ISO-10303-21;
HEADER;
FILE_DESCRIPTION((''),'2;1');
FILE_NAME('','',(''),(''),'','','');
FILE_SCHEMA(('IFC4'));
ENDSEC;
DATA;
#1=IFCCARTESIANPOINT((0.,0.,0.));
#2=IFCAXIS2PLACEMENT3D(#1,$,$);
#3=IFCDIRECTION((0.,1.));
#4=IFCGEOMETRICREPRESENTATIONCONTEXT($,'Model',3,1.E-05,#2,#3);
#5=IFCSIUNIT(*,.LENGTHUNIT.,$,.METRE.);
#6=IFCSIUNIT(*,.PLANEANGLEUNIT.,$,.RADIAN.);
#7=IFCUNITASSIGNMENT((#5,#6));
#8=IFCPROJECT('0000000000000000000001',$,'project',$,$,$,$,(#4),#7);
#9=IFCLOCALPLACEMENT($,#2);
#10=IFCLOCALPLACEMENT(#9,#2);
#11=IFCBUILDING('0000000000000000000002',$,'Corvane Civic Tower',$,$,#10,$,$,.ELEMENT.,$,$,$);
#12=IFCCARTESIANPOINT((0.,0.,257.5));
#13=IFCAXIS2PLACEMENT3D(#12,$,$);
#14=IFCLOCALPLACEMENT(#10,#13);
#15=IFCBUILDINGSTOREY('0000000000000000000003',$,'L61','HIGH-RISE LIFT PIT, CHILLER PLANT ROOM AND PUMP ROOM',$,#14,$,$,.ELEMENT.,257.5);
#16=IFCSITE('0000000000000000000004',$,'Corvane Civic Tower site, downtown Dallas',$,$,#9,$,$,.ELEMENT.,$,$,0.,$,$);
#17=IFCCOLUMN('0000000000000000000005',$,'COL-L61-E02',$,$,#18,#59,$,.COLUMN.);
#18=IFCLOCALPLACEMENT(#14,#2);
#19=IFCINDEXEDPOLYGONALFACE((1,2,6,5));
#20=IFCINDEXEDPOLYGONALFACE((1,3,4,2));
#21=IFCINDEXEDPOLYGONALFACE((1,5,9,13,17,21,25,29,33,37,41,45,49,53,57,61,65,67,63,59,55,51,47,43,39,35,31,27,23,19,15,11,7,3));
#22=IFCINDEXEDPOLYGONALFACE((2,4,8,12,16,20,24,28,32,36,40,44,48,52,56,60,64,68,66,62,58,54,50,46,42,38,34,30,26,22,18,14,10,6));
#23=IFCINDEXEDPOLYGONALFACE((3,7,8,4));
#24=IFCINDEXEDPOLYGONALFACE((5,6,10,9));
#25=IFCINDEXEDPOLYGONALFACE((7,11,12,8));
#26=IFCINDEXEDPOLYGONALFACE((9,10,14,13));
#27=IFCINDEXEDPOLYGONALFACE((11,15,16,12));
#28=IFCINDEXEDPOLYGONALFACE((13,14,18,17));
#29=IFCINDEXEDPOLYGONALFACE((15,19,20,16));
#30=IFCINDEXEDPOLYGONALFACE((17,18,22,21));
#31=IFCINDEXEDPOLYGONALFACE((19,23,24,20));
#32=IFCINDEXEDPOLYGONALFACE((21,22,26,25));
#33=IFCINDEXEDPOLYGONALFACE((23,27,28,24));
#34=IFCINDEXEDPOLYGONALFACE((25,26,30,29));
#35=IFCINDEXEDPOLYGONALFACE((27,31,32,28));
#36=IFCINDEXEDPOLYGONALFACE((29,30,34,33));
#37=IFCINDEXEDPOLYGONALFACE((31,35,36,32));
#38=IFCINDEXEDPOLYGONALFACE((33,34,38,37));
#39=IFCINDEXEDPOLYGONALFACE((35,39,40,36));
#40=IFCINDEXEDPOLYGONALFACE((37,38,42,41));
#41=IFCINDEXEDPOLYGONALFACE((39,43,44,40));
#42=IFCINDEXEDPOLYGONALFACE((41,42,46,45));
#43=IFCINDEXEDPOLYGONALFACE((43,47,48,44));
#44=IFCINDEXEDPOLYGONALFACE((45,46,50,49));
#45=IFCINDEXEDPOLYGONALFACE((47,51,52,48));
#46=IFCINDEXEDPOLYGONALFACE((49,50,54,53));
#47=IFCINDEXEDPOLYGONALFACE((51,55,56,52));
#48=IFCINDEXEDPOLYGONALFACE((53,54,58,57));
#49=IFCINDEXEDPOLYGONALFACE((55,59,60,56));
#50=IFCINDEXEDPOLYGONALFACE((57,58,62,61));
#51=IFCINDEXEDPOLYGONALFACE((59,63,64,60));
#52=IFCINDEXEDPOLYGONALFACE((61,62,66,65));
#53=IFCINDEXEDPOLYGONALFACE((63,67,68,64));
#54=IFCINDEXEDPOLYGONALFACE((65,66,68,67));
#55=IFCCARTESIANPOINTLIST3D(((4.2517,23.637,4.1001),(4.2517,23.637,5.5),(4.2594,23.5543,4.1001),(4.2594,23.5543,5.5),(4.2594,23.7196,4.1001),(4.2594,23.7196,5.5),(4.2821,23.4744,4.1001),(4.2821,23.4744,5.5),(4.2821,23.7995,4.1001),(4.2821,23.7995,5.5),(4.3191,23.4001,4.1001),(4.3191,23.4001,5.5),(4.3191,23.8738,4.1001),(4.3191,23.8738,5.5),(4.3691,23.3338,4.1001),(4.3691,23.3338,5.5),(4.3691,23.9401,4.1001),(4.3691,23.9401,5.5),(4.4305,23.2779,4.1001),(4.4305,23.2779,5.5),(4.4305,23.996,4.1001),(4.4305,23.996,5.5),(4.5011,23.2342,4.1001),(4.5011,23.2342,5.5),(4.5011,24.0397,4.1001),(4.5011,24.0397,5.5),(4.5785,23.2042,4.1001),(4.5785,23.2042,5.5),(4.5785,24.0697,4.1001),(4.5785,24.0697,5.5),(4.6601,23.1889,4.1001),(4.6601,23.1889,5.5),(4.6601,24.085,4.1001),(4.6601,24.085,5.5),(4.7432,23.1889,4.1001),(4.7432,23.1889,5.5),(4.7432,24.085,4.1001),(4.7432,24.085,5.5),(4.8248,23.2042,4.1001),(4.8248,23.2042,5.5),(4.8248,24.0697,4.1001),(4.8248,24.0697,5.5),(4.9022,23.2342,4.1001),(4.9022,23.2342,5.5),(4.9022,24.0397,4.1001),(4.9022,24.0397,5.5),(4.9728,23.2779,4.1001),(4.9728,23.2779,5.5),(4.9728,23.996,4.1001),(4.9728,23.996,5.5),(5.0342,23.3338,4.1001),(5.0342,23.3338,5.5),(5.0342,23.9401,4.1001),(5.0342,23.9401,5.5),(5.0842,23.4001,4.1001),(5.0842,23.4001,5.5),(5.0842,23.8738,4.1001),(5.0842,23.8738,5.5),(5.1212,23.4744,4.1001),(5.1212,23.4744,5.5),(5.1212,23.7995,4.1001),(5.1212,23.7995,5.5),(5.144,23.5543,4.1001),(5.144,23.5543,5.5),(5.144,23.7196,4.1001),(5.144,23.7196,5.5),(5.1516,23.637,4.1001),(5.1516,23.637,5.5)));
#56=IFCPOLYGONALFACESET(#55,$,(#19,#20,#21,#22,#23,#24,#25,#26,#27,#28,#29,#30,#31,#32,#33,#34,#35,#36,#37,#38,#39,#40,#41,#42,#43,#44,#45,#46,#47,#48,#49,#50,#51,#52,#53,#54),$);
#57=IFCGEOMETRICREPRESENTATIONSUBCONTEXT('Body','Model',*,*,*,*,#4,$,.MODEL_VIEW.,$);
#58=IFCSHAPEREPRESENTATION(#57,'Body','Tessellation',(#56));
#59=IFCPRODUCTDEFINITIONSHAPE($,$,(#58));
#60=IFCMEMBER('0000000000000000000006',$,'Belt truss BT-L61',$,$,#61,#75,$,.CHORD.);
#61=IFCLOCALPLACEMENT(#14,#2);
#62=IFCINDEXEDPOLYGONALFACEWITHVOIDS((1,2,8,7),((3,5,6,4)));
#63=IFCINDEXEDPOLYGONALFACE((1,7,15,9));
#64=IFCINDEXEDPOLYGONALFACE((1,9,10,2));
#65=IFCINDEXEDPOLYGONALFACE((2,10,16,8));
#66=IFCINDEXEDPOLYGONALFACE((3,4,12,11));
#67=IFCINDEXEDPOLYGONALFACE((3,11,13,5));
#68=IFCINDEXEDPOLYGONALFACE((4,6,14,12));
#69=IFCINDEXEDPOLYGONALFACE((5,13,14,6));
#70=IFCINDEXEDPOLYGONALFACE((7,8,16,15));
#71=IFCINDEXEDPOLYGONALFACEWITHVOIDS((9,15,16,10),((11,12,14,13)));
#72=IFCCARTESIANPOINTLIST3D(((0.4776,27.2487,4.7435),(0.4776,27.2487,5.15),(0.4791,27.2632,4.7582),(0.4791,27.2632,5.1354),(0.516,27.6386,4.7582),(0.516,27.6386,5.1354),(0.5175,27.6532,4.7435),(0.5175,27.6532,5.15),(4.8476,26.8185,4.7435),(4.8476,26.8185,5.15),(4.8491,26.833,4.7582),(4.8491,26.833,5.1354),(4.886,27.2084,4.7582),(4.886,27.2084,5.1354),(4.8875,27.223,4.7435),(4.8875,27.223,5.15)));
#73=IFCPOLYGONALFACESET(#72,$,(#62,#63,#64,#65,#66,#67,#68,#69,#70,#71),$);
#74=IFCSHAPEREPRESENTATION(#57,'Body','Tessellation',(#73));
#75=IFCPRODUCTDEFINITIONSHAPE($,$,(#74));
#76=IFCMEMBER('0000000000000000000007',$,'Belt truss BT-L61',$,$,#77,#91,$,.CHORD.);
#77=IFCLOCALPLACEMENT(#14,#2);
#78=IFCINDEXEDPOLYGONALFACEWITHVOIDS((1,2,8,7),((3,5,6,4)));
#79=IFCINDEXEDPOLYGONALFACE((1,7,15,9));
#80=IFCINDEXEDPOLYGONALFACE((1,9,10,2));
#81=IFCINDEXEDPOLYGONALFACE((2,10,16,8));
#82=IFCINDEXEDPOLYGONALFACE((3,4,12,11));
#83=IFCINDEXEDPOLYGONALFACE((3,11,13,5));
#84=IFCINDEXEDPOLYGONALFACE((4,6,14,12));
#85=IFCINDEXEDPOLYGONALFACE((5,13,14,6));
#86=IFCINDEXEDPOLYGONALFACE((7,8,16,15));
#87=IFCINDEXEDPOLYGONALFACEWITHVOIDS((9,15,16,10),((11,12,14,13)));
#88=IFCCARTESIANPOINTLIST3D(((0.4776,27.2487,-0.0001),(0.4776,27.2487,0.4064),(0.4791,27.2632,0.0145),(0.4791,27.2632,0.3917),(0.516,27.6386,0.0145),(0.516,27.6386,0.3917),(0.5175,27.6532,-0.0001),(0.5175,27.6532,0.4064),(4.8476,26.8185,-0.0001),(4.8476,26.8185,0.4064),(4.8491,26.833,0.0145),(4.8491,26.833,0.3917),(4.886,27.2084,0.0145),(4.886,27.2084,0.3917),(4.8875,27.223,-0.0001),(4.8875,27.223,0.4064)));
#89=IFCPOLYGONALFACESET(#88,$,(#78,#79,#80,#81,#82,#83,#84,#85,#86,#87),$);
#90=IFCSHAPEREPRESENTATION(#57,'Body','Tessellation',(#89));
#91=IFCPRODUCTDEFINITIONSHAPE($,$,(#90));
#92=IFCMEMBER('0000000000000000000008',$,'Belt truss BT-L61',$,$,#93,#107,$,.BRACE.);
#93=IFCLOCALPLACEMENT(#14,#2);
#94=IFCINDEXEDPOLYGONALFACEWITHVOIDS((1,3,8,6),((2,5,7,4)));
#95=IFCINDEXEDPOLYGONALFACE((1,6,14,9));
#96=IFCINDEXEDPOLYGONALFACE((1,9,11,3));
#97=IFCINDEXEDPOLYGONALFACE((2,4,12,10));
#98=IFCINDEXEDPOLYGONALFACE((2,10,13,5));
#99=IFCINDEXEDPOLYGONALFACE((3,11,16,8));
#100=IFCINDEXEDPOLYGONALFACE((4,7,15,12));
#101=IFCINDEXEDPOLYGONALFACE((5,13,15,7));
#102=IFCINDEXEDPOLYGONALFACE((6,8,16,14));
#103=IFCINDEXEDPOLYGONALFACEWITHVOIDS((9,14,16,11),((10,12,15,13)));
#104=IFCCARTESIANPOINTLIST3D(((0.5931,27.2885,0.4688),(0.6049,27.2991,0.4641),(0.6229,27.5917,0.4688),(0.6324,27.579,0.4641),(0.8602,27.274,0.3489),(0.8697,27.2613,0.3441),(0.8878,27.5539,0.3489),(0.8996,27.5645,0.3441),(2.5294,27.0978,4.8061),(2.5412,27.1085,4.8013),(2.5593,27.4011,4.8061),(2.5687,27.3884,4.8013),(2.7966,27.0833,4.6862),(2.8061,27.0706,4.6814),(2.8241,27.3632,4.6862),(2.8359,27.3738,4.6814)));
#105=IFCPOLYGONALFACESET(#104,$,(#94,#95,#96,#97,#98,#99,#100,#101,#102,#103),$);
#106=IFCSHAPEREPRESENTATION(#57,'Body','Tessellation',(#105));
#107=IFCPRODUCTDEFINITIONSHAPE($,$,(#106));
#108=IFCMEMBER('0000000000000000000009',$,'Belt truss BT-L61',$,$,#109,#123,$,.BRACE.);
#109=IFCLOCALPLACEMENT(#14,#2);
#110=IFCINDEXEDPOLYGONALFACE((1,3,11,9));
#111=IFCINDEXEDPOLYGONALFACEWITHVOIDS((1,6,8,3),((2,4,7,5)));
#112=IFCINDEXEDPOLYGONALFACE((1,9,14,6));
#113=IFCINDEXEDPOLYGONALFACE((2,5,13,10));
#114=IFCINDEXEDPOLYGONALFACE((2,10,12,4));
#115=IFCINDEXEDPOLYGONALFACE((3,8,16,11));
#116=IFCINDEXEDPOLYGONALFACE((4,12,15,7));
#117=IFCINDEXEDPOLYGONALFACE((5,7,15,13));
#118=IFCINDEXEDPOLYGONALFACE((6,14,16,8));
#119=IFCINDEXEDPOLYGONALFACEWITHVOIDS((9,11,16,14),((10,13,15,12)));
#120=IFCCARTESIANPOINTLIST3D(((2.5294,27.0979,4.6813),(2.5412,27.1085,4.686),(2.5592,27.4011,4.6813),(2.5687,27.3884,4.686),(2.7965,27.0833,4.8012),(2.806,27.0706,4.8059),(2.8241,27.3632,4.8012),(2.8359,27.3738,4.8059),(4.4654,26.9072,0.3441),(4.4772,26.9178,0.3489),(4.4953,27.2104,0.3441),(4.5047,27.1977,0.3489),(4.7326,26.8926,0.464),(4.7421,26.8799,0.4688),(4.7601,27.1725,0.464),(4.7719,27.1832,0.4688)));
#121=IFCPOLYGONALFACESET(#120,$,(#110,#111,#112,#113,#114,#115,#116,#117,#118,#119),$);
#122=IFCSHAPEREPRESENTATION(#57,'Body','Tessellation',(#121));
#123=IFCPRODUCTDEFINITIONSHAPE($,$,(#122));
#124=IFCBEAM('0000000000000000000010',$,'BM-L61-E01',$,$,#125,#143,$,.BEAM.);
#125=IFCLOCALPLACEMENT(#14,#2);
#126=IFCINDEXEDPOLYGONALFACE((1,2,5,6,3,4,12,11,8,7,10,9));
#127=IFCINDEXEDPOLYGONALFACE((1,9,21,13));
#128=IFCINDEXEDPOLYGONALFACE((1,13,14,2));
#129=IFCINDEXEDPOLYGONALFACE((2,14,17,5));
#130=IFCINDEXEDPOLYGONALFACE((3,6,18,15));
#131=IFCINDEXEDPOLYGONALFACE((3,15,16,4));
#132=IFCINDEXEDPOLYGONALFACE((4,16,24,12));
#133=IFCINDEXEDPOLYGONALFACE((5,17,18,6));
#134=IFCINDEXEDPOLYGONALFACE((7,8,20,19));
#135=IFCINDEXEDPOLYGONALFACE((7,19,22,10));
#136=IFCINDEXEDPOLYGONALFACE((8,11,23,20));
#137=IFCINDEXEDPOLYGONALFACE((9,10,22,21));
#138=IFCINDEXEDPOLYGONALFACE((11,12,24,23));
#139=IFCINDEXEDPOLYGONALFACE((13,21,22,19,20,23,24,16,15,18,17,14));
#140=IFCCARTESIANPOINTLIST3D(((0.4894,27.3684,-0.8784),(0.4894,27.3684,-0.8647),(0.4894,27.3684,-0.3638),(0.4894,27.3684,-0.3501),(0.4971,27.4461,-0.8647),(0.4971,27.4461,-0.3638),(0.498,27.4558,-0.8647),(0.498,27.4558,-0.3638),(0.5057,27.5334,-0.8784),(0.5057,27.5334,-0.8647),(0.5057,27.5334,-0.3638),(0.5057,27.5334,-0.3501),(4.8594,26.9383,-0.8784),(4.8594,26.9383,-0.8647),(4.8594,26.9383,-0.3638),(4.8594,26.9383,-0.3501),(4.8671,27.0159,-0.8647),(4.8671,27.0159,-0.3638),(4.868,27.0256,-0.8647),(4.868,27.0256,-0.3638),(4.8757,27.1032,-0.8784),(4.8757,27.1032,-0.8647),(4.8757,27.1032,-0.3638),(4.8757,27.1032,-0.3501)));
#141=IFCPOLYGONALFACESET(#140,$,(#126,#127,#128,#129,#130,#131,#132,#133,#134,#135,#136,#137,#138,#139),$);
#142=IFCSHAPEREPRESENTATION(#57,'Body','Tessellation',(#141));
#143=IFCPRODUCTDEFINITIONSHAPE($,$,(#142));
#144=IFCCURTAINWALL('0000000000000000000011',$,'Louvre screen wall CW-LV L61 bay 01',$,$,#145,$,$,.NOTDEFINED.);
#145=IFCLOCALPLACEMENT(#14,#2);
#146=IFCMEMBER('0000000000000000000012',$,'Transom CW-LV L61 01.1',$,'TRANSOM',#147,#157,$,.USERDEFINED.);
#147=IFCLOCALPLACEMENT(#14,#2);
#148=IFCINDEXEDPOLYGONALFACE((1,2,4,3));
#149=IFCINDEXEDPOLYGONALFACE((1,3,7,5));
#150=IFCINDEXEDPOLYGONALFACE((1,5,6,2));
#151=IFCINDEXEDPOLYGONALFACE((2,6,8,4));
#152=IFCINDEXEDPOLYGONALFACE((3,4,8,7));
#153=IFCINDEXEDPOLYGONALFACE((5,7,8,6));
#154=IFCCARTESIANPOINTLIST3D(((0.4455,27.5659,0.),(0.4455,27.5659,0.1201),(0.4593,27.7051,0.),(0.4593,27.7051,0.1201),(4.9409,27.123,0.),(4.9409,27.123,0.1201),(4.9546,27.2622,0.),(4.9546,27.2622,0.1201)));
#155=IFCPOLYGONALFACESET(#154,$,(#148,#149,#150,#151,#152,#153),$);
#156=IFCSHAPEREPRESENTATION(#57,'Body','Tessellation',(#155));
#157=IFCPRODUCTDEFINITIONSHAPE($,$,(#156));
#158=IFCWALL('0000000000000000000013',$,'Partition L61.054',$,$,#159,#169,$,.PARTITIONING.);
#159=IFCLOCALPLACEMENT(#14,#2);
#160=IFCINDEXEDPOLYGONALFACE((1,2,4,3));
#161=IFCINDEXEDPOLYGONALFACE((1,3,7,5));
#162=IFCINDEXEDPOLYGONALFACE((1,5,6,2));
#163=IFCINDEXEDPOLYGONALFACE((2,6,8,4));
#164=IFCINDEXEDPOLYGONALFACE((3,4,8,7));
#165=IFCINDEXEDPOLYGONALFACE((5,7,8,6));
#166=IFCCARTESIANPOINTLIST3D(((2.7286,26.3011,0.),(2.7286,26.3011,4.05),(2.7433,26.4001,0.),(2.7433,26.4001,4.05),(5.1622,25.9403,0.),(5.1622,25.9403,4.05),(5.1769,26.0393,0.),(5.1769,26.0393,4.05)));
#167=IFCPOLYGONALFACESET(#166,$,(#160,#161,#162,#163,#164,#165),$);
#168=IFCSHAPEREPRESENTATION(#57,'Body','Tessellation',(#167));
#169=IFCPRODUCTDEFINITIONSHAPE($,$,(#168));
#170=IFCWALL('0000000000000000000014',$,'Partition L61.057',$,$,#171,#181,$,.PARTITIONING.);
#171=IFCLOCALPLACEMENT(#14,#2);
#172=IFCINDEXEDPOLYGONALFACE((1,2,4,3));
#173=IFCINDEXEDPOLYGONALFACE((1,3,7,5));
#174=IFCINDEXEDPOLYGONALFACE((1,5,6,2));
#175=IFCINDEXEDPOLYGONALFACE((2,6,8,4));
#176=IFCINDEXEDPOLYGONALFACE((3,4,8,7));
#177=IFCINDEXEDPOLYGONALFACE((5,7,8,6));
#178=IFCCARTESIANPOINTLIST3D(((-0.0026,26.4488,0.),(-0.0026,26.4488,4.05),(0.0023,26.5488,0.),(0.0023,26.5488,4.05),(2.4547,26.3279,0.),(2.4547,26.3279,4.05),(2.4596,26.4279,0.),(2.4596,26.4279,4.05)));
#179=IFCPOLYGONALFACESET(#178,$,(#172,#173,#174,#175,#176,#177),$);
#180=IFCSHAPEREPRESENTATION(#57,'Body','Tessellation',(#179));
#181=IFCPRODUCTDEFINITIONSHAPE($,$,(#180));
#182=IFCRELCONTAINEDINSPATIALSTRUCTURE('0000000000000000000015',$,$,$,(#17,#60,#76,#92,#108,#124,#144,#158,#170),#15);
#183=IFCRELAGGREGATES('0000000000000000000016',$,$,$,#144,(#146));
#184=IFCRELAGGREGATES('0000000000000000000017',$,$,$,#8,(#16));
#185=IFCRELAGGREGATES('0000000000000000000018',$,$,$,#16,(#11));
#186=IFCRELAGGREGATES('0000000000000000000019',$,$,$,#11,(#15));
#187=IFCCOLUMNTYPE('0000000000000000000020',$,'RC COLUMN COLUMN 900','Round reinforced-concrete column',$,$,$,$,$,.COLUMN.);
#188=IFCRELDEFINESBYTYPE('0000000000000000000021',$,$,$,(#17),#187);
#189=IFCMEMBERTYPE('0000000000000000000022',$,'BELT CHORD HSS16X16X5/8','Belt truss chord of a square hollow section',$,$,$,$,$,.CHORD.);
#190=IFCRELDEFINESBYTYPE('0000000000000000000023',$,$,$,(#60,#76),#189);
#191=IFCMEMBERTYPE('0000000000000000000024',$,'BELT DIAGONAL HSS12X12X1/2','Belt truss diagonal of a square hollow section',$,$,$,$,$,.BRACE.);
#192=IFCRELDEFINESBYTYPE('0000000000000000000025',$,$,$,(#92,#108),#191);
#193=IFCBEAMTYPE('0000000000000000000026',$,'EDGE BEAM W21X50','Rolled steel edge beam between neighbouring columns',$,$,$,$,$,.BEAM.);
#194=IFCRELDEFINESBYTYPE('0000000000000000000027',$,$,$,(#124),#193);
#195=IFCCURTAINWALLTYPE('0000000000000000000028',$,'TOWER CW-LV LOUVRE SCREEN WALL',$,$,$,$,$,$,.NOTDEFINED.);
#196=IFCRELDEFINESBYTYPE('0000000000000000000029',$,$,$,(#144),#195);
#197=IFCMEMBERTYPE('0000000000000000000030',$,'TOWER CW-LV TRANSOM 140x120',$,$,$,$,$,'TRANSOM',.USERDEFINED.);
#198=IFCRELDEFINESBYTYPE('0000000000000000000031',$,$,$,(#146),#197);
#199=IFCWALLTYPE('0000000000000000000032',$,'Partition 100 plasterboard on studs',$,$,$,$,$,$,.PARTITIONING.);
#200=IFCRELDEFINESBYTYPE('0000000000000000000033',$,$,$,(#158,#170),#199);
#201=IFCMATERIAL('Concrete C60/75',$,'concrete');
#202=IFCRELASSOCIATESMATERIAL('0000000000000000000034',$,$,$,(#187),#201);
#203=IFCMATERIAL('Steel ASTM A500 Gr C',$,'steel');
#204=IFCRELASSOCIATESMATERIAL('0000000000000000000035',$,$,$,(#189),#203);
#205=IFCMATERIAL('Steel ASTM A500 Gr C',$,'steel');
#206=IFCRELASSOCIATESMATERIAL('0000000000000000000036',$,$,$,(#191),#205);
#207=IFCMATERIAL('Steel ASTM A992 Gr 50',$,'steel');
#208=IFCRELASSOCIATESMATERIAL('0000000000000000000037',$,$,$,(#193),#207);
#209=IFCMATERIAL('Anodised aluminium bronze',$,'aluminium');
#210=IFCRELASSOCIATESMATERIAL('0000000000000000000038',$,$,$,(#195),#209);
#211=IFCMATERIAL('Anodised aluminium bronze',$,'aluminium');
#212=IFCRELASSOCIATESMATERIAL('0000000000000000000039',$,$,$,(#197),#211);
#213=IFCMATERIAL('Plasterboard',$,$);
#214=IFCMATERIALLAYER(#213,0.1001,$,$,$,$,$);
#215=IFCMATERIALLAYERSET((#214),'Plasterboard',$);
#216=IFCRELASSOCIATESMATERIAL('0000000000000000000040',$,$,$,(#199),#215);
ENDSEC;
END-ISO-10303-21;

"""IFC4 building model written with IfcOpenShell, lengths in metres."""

from ifc_helpers import new_model, si_unit, direction, frame, frame_2d, origin, origin_2d, place, context, subcontext, project, spatial, rectangle, hollow_rectangle, circle, i_section, extrude, material, layer, layer_set, material_profile, profile_set, type_object, element, aggregate, save


model = new_model("IFC4")

# Units and contexts
model_context = context("Model", 3, precision=1e-05, world=origin(), true_north=direction((0.0, 1.0)))
body_context = subcontext(model_context, "Body", "Model", "MODEL_VIEW")
ifc_project = project(units=[si_unit("LENGTHUNIT", "METRE"), si_unit("PLANEANGLEUNIT", "RADIAN")], contexts=[model_context])

# Site, building, storey
site_placement = place(None, origin())
site = spatial("IfcSite", under=ifc_project, at=site_placement, Name="Corvane Civic Tower site, downtown Dallas", CompositionType="ELEMENT", RefElevation=0.0)
building_placement = place(site_placement, origin())
building = spatial("IfcBuilding", under=site, at=building_placement, Name="Corvane Civic Tower", CompositionType="ELEMENT")
storey_placement = place(building_placement, frame((0.0, 0.0, 257.5)))
storey = spatial("IfcBuildingStorey", under=building, at=storey_placement, Name="L61", Description="HIGH-RISE LIFT PIT, CHILLER PLANT ROOM AND PUMP ROOM", CompositionType="ELEMENT", Elevation=257.5)

# Column
ifc_material_1 = material(Name="Concrete C60/75", Category="concrete")
ifc_material_profile_1 = material_profile(ifc_material_1, circle(Radius=0.45, at=origin_2d()), Name="COLUMN 900")
ifc_profile_set_1 = profile_set([ifc_material_profile_1], Name="Concrete C60/75")
column_type = type_object("IfcColumnType", Name="RC COLUMN COLUMN 900", Description="Round reinforced-concrete column", PredefinedType="COLUMN", material=ifc_profile_set_1)
column_placement = place(storey_placement, frame((4.7017, 23.637, 4.1001), z_axis=(0.0, 0.0, 1.0), x_axis=(1.0, 0.0, 0.0)))
element("IfcColumn", 1, at=column_placement, inside=storey, type_object=column_type, Name="COL-L61-E02", PredefinedType="COLUMN", context=body_context, shape_type="SweptSolid", body=[
    extrude(circle(Radius=0.45, at=origin_2d()), origin(), (0.0, 0.0, 1.0), 1.3999),
])

# Members
ifc_material_2 = material(Name="Steel ASTM A500 Gr C", Category="steel")
ifc_material_profile_2 = material_profile(ifc_material_2, hollow_rectangle(XDim=0.4065, YDim=0.4065, WallThickness=0.0146, at=origin_2d()), Name="HSS16X16X5/8")
ifc_profile_set_2 = profile_set([ifc_material_profile_2], Name="Steel ASTM A500 Gr C")
member_type_1 = type_object("IfcMemberType", Name="BELT CHORD HSS16X16X5/8", Description="Belt truss chord of a square hollow section", PredefinedType="CHORD", material=ifc_profile_set_2)
for number, where, z_axis, x_axis, name in (
    (2, (0.4976, 27.4509, 4.9468), (0.99519, -0.097968, 0.0), (0.097968, 0.99519, 0.0), "Belt truss BT-L61"),
    (3, (0.4976, 27.4509, 0.2031), (0.99519, -0.097968, 0.0), (0.097968, 0.99519, 0.0), "Belt truss BT-L61"),
):
    element("IfcMember", number, at=place(storey_placement, frame(where, z_axis=z_axis, x_axis=x_axis)), inside=storey, type_object=member_type_1, Name=name, PredefinedType="CHORD", context=body_context, shape_type="SweptSolid", body=[
        extrude(hollow_rectangle(XDim=0.4065, YDim=0.4065, WallThickness=0.0146, at=origin_2d()), origin(), (0.0, 0.0, 1.0), 4.3911),
    ])
ifc_material_3 = material(Name="Steel ASTM A500 Gr C", Category="steel")
ifc_material_profile_3 = material_profile(ifc_material_3, hollow_rectangle(XDim=0.3047, YDim=0.3047, WallThickness=0.0117, at=origin_2d()), Name="HSS12X12X1/2")
ifc_profile_set_3 = profile_set([ifc_material_profile_3], Name="Steel ASTM A500 Gr C")
member_type_2 = type_object("IfcMemberType", Name="BELT DIAGONAL HSS12X12X1/2", Description="Belt truss diagonal of a square hollow section", PredefinedType="BRACE", material=ifc_profile_set_3)
member_1_placement = place(storey_placement, frame((0.7463, 27.4265, 0.4065), z_axis=(0.407331, -0.040112, 0.912399), x_axis=(0.098, 0.995186, 0.0)))
element("IfcMember", 4, at=member_1_placement, inside=storey, type_object=member_type_2, Name="Belt truss BT-L61", PredefinedType="BRACE", context=body_context, shape_type="SweptSolid", body=[
    extrude(hollow_rectangle(XDim=0.3047, YDim=0.3047, WallThickness=0.0117, at=origin_2d()), origin(), (0.0, 0.0, 1.0), 4.7537),
])
member_2_placement = place(storey_placement, frame((4.6187, 27.0452, 0.4065), z_axis=(-0.407288, 0.040113, 0.912418), x_axis=(-0.098013, -0.995185, 0.0)))
element("IfcMember", 5, at=member_2_placement, inside=storey, type_object=member_type_2, Name="Belt truss BT-L61", PredefinedType="BRACE", context=body_context, shape_type="SweptSolid", body=[
    extrude(hollow_rectangle(XDim=0.3047, YDim=0.3047, WallThickness=0.0117, at=origin_2d()), origin(), (0.0, 0.0, 1.0), 4.7534),
])

# Beam
ifc_material_4 = material(Name="Steel ASTM A992 Gr 50", Category="steel")
ifc_material_profile_4 = material_profile(ifc_material_4, i_section(OverallWidth=0.1658, OverallDepth=0.5283, WebThickness=0.0098, FlangeThickness=0.0137, at=origin_2d()), Name="W21X50")
ifc_profile_set_4 = profile_set([ifc_material_profile_4], Name="Steel ASTM A992 Gr 50")
beam_type = type_object("IfcBeamType", Name="EDGE BEAM W21X50", Description="Rolled steel edge beam between neighbouring columns", PredefinedType="BEAM", material=ifc_profile_set_4)
beam_placement = place(storey_placement, frame((0.4976, 27.4509, -0.6143), z_axis=(0.99519, -0.097968, 0.0), x_axis=(0.097968, 0.99519, 0.0)))
element("IfcBeam", 6, at=beam_placement, inside=storey, type_object=beam_type, Name="BM-L61-E01", PredefinedType="BEAM", context=body_context, shape_type="SweptSolid", body=[
    extrude(i_section(OverallWidth=0.1658, OverallDepth=0.5283, WebThickness=0.0098, FlangeThickness=0.0137, at=origin_2d()), origin(), (0.0, 0.0, 1.0), 4.3911),
])

# Curtain wall, member
ifc_material_5 = material(Name="Anodised aluminium bronze", Category="aluminium")
curtain_wall_type = type_object("IfcCurtainWallType", Name="TOWER CW-LV LOUVRE SCREEN WALL", PredefinedType="NOTDEFINED", material=ifc_material_5)
curtain_wall_placement = place(storey_placement, origin())
curtain_wall = element("IfcCurtainWall", 7, at=curtain_wall_placement, inside=storey, type_object=curtain_wall_type, Name="Louvre screen wall CW-LV L61 bay 01", PredefinedType="NOTDEFINED")
ifc_material_6 = material(Name="Anodised aluminium bronze", Category="aluminium")
ifc_material_profile_5 = material_profile(ifc_material_6, rectangle(XDim=0.1399, YDim=0.1201, at=origin_2d()), Name="TOWER CW-LV TRANSOM 140x120")
ifc_profile_set_5 = profile_set([ifc_material_profile_5], Name="Anodised aluminium bronze")
member_type_3 = type_object("IfcMemberType", Name="TOWER CW-LV TRANSOM 140x120", ElementType="TRANSOM", PredefinedType="USERDEFINED", material=ifc_profile_set_5)
member_3_placement = place(storey_placement, frame((0.4524, 27.6355, 0.0601), z_axis=(0.995182, -0.098043, 0.0), x_axis=(0.098043, 0.995182, 0.0)))
member_3 = element("IfcMember", 8, at=member_3_placement, type_object=member_type_3, Name="Transom CW-LV L61 01.1", ObjectType="TRANSOM", PredefinedType="USERDEFINED", context=body_context, shape_type="SweptSolid", body=[
    extrude(rectangle(XDim=0.1399, YDim=0.1201, at=origin_2d()), origin(), (0.0, 0.0, 1.0), 4.5171),
])

# Walls
ifc_material_7 = material(Name="Plasterboard")
ifc_layer_1 = layer(ifc_material_7, 0.1001)
ifc_layer_set_1 = layer_set([ifc_layer_1], Name="Plasterboard")
wall_type_1 = type_object("IfcWallType", Name="Partition 100 plasterboard on studs", PredefinedType="PARTITIONING", material=ifc_layer_set_1)
for number, where, z_axis, x_axis, name in (
    (9, (2.7361, 26.3506, 0.0), (0.0, 0.0, 1.0), (0.989185, -0.146671, 0.0), "Partition L61.054"),
    (10, (0.0, 26.4988, 0.0), (0.0, 0.0, 1.0), (0.998793, -0.049121, 0.0), "Partition L61.057"),
):
    element("IfcWall", number, at=place(storey_placement, frame(where, z_axis=z_axis, x_axis=x_axis)), inside=storey, type_object=wall_type_1, Name=name, PredefinedType="PARTITIONING", context=body_context, shape_type="SweptSolid", body=[
        extrude(rectangle(XDim=2.4602, YDim=0.1001, at=frame_2d((1.23, 0.0))), origin(), (0.0, 0.0, 1.0), 4.05),
    ])

aggregate(curtain_wall, [member_3])

save(model, "model.ifc")
